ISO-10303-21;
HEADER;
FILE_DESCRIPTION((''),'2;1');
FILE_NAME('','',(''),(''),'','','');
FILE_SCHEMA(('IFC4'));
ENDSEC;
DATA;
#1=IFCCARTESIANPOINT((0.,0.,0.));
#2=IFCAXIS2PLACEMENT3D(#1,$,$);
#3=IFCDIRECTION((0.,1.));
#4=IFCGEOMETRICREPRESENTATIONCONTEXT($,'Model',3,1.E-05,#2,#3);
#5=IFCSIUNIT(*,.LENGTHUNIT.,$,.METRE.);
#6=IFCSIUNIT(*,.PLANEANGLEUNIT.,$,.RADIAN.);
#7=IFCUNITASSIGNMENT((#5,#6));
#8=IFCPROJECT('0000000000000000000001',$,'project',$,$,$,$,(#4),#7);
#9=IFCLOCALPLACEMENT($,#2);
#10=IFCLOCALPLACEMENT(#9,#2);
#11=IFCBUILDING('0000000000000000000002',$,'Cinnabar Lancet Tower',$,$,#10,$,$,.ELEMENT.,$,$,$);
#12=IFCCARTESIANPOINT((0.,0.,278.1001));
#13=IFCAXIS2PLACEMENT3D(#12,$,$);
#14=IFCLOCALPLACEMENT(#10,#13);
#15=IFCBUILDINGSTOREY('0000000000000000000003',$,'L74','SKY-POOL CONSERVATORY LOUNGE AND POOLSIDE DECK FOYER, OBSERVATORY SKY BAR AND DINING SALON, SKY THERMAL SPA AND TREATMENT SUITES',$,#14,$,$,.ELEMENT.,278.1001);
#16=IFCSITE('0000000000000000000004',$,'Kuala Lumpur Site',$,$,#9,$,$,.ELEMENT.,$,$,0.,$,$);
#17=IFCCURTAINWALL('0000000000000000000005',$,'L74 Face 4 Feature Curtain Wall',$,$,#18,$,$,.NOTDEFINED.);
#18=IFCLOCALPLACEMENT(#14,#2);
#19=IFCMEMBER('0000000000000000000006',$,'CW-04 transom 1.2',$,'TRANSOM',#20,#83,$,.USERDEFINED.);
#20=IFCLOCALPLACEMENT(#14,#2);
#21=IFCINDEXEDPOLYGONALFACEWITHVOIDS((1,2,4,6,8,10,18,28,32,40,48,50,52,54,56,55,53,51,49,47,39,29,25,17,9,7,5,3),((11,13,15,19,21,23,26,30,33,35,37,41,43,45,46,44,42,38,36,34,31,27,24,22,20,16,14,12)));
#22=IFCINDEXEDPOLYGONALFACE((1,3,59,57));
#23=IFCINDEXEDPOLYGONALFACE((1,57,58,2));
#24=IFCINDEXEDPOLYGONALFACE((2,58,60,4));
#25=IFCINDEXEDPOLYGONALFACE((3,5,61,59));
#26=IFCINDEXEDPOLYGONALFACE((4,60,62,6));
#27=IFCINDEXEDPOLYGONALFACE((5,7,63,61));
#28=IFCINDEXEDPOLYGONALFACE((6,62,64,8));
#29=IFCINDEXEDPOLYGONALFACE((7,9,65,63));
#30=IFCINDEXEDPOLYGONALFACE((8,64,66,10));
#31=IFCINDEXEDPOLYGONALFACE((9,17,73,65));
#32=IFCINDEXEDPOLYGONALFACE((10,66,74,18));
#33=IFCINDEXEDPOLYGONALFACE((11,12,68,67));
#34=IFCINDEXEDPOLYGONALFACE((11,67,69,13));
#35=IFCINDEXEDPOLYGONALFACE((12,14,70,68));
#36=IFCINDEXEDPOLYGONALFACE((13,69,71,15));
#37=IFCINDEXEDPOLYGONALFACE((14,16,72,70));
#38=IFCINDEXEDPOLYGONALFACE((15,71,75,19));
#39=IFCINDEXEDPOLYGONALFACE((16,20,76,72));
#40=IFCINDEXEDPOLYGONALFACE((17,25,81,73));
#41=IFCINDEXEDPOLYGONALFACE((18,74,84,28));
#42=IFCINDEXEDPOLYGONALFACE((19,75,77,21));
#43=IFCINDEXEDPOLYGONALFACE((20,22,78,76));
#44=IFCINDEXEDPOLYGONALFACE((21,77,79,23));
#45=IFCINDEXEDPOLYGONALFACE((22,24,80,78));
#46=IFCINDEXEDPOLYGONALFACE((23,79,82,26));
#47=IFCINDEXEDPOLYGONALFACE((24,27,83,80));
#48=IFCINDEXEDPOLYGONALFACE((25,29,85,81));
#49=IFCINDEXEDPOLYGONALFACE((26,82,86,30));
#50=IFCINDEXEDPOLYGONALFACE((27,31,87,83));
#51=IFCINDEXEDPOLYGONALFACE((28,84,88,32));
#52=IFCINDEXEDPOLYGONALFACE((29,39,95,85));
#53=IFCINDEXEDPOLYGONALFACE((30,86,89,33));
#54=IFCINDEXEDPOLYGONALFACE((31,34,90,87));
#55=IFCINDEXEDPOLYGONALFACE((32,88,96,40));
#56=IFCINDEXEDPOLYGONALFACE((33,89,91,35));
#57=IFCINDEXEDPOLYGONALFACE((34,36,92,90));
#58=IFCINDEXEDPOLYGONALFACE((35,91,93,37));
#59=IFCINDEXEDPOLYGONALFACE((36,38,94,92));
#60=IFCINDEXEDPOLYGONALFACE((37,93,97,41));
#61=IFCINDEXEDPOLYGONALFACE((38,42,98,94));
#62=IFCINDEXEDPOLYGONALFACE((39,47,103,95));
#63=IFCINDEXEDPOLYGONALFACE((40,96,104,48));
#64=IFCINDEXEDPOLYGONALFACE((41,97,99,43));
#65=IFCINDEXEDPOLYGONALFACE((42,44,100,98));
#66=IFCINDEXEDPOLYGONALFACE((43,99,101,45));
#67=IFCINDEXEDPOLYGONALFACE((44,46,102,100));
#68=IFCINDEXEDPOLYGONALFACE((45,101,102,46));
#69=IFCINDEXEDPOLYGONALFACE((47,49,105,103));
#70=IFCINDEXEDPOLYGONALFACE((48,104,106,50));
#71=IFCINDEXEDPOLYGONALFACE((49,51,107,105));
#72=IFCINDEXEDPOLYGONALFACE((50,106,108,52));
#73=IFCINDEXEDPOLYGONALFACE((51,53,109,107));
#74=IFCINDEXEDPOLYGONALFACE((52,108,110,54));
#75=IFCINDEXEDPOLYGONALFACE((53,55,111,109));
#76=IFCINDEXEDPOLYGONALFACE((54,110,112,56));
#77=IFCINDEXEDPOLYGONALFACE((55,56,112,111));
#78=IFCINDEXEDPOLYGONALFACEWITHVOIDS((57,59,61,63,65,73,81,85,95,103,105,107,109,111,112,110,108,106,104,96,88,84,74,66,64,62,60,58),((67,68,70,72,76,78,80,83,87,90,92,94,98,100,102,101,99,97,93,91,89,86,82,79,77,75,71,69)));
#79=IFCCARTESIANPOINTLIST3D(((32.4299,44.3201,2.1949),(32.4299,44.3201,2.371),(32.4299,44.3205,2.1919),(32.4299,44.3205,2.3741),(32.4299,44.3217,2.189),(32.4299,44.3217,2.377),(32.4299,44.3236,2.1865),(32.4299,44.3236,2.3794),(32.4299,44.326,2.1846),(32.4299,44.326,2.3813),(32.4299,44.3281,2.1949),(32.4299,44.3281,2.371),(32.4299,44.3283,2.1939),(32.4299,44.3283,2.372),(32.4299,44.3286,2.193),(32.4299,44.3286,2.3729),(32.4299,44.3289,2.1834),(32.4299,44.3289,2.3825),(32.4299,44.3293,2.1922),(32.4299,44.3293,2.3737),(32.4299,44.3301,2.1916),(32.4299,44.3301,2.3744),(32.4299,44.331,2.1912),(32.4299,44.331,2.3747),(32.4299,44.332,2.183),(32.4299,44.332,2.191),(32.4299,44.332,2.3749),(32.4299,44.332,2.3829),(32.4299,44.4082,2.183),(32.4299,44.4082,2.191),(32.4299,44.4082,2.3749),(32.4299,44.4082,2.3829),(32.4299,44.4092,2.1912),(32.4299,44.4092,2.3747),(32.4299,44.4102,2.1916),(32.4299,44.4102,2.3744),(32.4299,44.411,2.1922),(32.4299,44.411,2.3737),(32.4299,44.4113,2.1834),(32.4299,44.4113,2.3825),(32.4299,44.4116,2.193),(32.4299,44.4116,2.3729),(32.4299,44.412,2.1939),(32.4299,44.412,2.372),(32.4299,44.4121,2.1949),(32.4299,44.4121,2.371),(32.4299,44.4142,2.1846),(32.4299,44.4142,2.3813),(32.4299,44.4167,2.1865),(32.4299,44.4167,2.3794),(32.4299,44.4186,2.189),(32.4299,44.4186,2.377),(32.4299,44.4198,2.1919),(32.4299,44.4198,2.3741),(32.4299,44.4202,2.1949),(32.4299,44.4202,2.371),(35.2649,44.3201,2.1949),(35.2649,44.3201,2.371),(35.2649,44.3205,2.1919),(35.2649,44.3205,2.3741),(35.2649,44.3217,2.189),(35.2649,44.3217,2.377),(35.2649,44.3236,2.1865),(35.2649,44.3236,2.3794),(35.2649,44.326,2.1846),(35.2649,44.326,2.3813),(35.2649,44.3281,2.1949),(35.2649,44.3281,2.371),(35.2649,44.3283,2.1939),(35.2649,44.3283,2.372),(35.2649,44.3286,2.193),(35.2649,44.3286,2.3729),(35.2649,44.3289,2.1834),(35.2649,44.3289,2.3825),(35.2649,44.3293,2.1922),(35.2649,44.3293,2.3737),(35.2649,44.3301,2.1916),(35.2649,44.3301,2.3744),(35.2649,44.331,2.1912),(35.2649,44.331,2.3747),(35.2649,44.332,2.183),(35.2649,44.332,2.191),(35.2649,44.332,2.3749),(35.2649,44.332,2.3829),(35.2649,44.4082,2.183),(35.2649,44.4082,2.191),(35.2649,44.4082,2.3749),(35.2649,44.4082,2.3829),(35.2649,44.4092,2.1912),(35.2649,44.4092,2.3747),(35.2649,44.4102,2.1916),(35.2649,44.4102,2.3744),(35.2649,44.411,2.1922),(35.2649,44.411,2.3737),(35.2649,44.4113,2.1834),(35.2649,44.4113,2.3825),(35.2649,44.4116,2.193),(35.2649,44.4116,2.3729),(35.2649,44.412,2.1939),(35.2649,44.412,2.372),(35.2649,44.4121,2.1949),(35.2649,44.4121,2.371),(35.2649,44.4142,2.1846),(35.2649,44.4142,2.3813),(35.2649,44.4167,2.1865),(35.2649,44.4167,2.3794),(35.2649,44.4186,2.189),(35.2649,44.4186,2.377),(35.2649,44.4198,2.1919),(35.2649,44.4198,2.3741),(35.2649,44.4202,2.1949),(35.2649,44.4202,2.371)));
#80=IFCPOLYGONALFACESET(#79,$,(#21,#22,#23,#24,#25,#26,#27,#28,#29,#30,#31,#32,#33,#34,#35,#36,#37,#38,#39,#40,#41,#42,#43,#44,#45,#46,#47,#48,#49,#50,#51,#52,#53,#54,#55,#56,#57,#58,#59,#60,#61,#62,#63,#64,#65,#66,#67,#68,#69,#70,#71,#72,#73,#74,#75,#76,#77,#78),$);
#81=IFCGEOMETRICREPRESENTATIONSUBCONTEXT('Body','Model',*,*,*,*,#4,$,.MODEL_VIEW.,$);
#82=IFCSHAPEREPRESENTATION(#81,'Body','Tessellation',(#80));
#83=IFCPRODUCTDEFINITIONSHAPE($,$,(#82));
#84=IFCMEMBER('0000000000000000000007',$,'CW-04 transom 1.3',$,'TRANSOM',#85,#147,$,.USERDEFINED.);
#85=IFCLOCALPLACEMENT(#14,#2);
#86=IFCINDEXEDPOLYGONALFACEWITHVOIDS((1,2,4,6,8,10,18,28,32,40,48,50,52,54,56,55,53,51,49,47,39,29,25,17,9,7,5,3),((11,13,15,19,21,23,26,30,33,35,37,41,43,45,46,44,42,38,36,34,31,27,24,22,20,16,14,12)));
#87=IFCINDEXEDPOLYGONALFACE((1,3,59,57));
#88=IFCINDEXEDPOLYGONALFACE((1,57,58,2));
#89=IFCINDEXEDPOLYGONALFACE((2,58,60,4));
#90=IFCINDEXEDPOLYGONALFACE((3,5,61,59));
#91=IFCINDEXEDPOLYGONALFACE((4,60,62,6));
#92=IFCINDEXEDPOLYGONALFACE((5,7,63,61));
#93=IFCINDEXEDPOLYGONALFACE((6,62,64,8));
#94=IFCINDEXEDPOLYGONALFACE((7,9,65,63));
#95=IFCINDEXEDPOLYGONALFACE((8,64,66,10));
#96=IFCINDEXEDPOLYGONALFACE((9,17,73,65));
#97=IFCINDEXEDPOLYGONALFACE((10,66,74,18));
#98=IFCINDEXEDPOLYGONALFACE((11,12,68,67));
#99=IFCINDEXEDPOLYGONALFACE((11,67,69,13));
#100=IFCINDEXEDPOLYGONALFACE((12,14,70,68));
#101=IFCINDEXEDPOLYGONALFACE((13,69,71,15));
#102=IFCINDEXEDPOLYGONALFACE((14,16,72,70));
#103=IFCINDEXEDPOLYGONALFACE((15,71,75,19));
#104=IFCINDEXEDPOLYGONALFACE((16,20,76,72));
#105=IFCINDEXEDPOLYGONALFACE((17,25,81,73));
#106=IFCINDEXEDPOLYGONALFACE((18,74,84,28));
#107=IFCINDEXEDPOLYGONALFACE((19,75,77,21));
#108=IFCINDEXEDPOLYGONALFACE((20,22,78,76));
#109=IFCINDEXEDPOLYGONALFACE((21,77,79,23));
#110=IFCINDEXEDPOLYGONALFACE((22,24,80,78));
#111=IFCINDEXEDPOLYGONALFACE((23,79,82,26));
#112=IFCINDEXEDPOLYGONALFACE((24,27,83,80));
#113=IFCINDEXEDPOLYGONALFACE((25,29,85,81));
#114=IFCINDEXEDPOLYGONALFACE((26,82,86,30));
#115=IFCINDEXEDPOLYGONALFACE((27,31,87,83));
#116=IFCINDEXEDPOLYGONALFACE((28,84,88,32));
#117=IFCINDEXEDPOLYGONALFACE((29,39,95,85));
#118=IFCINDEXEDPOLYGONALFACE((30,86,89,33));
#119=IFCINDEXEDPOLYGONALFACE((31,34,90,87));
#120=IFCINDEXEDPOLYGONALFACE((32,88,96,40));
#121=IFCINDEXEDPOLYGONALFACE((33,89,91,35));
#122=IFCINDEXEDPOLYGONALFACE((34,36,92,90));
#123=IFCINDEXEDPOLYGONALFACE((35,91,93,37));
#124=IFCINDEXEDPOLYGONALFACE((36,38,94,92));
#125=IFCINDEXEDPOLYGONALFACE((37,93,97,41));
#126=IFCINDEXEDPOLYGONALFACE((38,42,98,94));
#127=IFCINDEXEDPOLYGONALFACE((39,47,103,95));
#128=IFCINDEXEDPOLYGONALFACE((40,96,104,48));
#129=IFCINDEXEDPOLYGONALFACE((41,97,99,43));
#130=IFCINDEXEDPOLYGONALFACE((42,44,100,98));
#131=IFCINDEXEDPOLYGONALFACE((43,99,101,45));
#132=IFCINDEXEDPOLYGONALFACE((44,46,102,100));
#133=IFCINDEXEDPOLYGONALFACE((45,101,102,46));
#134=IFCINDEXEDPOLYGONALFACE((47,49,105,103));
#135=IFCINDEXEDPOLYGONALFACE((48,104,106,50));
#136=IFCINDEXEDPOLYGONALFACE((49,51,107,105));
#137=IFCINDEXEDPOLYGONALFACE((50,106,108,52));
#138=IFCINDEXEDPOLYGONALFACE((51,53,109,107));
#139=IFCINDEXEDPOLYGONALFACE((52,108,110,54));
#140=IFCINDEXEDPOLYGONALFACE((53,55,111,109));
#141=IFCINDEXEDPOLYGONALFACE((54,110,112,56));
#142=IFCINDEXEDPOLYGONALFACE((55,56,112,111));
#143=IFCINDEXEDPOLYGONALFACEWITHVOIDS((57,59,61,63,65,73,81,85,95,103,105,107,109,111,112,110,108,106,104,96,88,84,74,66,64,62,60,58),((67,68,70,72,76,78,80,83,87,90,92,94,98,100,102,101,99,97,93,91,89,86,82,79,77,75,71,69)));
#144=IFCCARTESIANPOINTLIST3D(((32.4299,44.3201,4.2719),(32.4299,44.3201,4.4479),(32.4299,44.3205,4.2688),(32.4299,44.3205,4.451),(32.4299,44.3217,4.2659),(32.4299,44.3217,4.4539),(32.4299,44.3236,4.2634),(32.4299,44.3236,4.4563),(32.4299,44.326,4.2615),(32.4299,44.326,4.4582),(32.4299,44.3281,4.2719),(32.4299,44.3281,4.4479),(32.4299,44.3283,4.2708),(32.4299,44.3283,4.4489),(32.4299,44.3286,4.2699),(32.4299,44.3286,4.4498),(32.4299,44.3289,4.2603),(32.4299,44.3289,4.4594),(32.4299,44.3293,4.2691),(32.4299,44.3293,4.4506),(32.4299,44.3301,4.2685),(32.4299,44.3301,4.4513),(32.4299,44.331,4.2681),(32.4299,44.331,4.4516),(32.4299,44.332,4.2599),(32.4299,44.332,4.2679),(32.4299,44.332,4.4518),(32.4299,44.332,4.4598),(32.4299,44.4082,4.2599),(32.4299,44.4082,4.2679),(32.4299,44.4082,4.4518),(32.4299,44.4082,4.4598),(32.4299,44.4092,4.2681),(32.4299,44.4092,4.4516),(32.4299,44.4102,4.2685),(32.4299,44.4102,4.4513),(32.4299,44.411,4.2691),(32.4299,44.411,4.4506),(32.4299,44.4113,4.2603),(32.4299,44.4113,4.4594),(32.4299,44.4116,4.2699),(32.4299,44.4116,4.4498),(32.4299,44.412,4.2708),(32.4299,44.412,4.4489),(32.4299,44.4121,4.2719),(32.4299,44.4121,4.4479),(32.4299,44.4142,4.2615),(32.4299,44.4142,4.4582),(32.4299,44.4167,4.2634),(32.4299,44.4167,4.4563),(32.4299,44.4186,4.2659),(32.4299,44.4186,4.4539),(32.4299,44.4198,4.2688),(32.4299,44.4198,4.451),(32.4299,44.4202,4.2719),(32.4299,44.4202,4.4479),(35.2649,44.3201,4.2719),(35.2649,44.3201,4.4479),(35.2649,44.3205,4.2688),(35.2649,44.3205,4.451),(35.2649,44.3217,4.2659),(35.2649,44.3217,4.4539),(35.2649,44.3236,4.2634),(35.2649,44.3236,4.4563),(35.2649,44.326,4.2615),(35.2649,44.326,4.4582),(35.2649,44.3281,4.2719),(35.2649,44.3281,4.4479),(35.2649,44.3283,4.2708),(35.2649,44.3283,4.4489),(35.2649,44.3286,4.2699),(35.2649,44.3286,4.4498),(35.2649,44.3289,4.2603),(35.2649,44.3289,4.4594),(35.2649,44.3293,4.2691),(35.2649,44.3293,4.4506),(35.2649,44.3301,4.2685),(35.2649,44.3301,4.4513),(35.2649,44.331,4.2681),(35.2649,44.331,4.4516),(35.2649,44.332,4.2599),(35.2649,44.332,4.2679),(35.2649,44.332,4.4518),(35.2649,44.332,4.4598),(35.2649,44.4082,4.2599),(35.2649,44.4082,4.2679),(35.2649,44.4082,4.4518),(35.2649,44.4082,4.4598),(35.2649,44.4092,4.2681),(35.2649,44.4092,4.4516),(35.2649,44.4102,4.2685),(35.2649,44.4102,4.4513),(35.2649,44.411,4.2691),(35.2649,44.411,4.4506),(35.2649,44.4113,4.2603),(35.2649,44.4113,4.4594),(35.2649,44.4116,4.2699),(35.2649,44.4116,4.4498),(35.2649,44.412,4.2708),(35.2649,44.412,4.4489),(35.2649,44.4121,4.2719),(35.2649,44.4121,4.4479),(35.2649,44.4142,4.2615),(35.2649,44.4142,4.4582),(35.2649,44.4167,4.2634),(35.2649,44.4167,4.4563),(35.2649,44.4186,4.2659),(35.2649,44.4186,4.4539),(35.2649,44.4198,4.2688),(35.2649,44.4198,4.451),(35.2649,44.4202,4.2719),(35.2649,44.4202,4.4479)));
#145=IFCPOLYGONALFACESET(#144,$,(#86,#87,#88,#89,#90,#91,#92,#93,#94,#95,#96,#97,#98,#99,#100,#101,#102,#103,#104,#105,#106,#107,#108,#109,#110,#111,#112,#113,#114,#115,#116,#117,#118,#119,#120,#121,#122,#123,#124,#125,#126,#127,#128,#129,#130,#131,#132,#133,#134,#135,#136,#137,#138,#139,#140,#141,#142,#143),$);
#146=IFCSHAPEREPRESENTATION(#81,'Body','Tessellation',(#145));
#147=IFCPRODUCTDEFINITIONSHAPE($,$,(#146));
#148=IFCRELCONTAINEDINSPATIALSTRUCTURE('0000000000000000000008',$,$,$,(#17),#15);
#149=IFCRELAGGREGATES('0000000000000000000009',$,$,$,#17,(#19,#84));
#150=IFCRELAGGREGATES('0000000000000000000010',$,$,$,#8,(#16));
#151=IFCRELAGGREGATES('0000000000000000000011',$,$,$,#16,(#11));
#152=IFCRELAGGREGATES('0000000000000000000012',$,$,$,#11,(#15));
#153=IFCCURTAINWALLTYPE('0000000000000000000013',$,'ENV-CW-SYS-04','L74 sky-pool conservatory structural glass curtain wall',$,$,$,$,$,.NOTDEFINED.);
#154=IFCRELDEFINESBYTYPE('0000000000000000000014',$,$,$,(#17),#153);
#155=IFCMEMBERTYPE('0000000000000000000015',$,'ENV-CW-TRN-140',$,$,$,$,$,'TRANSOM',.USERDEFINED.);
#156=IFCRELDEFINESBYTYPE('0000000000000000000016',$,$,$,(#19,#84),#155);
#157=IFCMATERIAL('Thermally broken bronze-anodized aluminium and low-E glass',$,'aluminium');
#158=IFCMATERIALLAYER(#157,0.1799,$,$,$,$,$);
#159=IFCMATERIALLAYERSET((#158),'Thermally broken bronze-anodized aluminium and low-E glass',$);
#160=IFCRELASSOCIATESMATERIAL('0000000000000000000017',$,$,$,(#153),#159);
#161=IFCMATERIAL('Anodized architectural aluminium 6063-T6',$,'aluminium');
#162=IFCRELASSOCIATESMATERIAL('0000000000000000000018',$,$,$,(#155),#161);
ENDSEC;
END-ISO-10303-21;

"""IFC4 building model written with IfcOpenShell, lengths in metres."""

from ifc_helpers import new_model, si_unit, direction, frame, origin, origin_2d, place, context, subcontext, project, spatial, hollow_rectangle, extrude, material, layer, layer_set, material_profile, profile_set, type_object, element, aggregate, save


model = new_model("IFC4")

# Units and contexts
model_context = context("Model", 3, precision=1e-05, world=origin(), true_north=direction((0.0, 1.0)))
body_context = subcontext(model_context, "Body", "Model", "MODEL_VIEW")
ifc_project = project(units=[si_unit("LENGTHUNIT", "METRE"), si_unit("PLANEANGLEUNIT", "RADIAN")], contexts=[model_context])

# Site, building, storey
site_placement = place(None, origin())
site = spatial("IfcSite", under=ifc_project, at=site_placement, Name="Kuala Lumpur Site", CompositionType="ELEMENT", RefElevation=0.0)
building_placement = place(site_placement, origin())
building = spatial("IfcBuilding", under=site, at=building_placement, Name="Cinnabar Lancet Tower", CompositionType="ELEMENT")
storey_placement = place(building_placement, frame((0.0, 0.0, 278.1001)))
storey = spatial("IfcBuildingStorey", under=building, at=storey_placement, Name="L74", Description="SKY-POOL CONSERVATORY LOUNGE AND POOLSIDE DECK FOYER, OBSERVATORY SKY BAR AND DINING SALON, SKY THERMAL SPA AND TREATMENT SUITES", CompositionType="ELEMENT", Elevation=278.1001)

# Curtain wall, members
ifc_material_1 = material(Name="Thermally broken bronze-anodized aluminium and low-E glass", Category="aluminium")
ifc_layer_1 = layer(ifc_material_1, 0.1799)
ifc_layer_set_1 = layer_set([ifc_layer_1], Name="Thermally broken bronze-anodized aluminium and low-E glass")
curtain_wall_type = type_object("IfcCurtainWallType", Name="ENV-CW-SYS-04", Description="L74 sky-pool conservatory structural glass curtain wall", PredefinedType="NOTDEFINED", material=ifc_layer_set_1)
curtain_wall_placement = place(storey_placement, origin())
curtain_wall = element("IfcCurtainWall", 1, at=curtain_wall_placement, inside=storey, type_object=curtain_wall_type, Name="L74 Face 4 Feature Curtain Wall", PredefinedType="NOTDEFINED")
ifc_material_2 = material(Name="Anodized architectural aluminium 6063-T6", Category="aluminium")
ifc_material_profile_1 = material_profile(ifc_material_2, hollow_rectangle(XDim=0.1001, YDim=0.2, WallThickness=0.0081, InnerFilletRadius=0.0039, OuterFilletRadius=0.012, at=origin_2d()), Name="RHS 200x100x8")
ifc_profile_set_1 = profile_set([ifc_material_profile_1], Name="Anodized architectural aluminium 6063-T6")
member_type_1 = type_object("IfcMemberType", Name="ENV-CW-TRN-140", ElementType="TRANSOM", PredefinedType="USERDEFINED", material=ifc_profile_set_1)
member_1_placement = place(storey_placement, frame((35.2649, 44.3701, 2.283), z_axis=(-1.0, 0.0, 0.0), x_axis=(0.0, -1.0, 0.0)))
member_1 = element("IfcMember", 2, at=member_1_placement, type_object=member_type_1, Name="CW-04 transom 1.2", ObjectType="TRANSOM", PredefinedType="USERDEFINED", context=body_context, shape_type="SweptSolid", body=[
    extrude(hollow_rectangle(XDim=0.1001, YDim=0.2, WallThickness=0.0081, InnerFilletRadius=0.0039, OuterFilletRadius=0.012, at=origin_2d()), origin(), (0.0, 0.0, 1.0), 2.835),
])
member_2_placement = place(storey_placement, frame((35.2649, 44.3701, 4.3599), z_axis=(-1.0, 0.0, 0.0), x_axis=(0.0, -1.0, 0.0)))
member_2 = element("IfcMember", 3, at=member_2_placement, type_object=member_type_1, Name="CW-04 transom 1.3", ObjectType="TRANSOM", PredefinedType="USERDEFINED", context=body_context, shape_type="SweptSolid", body=[
    extrude(hollow_rectangle(XDim=0.1001, YDim=0.2, WallThickness=0.0081, InnerFilletRadius=0.0039, OuterFilletRadius=0.012, at=origin_2d()), origin(), (0.0, 0.0, 1.0), 2.835),
])

aggregate(curtain_wall, [member_1, member_2])

save(model, "model.ifc")
